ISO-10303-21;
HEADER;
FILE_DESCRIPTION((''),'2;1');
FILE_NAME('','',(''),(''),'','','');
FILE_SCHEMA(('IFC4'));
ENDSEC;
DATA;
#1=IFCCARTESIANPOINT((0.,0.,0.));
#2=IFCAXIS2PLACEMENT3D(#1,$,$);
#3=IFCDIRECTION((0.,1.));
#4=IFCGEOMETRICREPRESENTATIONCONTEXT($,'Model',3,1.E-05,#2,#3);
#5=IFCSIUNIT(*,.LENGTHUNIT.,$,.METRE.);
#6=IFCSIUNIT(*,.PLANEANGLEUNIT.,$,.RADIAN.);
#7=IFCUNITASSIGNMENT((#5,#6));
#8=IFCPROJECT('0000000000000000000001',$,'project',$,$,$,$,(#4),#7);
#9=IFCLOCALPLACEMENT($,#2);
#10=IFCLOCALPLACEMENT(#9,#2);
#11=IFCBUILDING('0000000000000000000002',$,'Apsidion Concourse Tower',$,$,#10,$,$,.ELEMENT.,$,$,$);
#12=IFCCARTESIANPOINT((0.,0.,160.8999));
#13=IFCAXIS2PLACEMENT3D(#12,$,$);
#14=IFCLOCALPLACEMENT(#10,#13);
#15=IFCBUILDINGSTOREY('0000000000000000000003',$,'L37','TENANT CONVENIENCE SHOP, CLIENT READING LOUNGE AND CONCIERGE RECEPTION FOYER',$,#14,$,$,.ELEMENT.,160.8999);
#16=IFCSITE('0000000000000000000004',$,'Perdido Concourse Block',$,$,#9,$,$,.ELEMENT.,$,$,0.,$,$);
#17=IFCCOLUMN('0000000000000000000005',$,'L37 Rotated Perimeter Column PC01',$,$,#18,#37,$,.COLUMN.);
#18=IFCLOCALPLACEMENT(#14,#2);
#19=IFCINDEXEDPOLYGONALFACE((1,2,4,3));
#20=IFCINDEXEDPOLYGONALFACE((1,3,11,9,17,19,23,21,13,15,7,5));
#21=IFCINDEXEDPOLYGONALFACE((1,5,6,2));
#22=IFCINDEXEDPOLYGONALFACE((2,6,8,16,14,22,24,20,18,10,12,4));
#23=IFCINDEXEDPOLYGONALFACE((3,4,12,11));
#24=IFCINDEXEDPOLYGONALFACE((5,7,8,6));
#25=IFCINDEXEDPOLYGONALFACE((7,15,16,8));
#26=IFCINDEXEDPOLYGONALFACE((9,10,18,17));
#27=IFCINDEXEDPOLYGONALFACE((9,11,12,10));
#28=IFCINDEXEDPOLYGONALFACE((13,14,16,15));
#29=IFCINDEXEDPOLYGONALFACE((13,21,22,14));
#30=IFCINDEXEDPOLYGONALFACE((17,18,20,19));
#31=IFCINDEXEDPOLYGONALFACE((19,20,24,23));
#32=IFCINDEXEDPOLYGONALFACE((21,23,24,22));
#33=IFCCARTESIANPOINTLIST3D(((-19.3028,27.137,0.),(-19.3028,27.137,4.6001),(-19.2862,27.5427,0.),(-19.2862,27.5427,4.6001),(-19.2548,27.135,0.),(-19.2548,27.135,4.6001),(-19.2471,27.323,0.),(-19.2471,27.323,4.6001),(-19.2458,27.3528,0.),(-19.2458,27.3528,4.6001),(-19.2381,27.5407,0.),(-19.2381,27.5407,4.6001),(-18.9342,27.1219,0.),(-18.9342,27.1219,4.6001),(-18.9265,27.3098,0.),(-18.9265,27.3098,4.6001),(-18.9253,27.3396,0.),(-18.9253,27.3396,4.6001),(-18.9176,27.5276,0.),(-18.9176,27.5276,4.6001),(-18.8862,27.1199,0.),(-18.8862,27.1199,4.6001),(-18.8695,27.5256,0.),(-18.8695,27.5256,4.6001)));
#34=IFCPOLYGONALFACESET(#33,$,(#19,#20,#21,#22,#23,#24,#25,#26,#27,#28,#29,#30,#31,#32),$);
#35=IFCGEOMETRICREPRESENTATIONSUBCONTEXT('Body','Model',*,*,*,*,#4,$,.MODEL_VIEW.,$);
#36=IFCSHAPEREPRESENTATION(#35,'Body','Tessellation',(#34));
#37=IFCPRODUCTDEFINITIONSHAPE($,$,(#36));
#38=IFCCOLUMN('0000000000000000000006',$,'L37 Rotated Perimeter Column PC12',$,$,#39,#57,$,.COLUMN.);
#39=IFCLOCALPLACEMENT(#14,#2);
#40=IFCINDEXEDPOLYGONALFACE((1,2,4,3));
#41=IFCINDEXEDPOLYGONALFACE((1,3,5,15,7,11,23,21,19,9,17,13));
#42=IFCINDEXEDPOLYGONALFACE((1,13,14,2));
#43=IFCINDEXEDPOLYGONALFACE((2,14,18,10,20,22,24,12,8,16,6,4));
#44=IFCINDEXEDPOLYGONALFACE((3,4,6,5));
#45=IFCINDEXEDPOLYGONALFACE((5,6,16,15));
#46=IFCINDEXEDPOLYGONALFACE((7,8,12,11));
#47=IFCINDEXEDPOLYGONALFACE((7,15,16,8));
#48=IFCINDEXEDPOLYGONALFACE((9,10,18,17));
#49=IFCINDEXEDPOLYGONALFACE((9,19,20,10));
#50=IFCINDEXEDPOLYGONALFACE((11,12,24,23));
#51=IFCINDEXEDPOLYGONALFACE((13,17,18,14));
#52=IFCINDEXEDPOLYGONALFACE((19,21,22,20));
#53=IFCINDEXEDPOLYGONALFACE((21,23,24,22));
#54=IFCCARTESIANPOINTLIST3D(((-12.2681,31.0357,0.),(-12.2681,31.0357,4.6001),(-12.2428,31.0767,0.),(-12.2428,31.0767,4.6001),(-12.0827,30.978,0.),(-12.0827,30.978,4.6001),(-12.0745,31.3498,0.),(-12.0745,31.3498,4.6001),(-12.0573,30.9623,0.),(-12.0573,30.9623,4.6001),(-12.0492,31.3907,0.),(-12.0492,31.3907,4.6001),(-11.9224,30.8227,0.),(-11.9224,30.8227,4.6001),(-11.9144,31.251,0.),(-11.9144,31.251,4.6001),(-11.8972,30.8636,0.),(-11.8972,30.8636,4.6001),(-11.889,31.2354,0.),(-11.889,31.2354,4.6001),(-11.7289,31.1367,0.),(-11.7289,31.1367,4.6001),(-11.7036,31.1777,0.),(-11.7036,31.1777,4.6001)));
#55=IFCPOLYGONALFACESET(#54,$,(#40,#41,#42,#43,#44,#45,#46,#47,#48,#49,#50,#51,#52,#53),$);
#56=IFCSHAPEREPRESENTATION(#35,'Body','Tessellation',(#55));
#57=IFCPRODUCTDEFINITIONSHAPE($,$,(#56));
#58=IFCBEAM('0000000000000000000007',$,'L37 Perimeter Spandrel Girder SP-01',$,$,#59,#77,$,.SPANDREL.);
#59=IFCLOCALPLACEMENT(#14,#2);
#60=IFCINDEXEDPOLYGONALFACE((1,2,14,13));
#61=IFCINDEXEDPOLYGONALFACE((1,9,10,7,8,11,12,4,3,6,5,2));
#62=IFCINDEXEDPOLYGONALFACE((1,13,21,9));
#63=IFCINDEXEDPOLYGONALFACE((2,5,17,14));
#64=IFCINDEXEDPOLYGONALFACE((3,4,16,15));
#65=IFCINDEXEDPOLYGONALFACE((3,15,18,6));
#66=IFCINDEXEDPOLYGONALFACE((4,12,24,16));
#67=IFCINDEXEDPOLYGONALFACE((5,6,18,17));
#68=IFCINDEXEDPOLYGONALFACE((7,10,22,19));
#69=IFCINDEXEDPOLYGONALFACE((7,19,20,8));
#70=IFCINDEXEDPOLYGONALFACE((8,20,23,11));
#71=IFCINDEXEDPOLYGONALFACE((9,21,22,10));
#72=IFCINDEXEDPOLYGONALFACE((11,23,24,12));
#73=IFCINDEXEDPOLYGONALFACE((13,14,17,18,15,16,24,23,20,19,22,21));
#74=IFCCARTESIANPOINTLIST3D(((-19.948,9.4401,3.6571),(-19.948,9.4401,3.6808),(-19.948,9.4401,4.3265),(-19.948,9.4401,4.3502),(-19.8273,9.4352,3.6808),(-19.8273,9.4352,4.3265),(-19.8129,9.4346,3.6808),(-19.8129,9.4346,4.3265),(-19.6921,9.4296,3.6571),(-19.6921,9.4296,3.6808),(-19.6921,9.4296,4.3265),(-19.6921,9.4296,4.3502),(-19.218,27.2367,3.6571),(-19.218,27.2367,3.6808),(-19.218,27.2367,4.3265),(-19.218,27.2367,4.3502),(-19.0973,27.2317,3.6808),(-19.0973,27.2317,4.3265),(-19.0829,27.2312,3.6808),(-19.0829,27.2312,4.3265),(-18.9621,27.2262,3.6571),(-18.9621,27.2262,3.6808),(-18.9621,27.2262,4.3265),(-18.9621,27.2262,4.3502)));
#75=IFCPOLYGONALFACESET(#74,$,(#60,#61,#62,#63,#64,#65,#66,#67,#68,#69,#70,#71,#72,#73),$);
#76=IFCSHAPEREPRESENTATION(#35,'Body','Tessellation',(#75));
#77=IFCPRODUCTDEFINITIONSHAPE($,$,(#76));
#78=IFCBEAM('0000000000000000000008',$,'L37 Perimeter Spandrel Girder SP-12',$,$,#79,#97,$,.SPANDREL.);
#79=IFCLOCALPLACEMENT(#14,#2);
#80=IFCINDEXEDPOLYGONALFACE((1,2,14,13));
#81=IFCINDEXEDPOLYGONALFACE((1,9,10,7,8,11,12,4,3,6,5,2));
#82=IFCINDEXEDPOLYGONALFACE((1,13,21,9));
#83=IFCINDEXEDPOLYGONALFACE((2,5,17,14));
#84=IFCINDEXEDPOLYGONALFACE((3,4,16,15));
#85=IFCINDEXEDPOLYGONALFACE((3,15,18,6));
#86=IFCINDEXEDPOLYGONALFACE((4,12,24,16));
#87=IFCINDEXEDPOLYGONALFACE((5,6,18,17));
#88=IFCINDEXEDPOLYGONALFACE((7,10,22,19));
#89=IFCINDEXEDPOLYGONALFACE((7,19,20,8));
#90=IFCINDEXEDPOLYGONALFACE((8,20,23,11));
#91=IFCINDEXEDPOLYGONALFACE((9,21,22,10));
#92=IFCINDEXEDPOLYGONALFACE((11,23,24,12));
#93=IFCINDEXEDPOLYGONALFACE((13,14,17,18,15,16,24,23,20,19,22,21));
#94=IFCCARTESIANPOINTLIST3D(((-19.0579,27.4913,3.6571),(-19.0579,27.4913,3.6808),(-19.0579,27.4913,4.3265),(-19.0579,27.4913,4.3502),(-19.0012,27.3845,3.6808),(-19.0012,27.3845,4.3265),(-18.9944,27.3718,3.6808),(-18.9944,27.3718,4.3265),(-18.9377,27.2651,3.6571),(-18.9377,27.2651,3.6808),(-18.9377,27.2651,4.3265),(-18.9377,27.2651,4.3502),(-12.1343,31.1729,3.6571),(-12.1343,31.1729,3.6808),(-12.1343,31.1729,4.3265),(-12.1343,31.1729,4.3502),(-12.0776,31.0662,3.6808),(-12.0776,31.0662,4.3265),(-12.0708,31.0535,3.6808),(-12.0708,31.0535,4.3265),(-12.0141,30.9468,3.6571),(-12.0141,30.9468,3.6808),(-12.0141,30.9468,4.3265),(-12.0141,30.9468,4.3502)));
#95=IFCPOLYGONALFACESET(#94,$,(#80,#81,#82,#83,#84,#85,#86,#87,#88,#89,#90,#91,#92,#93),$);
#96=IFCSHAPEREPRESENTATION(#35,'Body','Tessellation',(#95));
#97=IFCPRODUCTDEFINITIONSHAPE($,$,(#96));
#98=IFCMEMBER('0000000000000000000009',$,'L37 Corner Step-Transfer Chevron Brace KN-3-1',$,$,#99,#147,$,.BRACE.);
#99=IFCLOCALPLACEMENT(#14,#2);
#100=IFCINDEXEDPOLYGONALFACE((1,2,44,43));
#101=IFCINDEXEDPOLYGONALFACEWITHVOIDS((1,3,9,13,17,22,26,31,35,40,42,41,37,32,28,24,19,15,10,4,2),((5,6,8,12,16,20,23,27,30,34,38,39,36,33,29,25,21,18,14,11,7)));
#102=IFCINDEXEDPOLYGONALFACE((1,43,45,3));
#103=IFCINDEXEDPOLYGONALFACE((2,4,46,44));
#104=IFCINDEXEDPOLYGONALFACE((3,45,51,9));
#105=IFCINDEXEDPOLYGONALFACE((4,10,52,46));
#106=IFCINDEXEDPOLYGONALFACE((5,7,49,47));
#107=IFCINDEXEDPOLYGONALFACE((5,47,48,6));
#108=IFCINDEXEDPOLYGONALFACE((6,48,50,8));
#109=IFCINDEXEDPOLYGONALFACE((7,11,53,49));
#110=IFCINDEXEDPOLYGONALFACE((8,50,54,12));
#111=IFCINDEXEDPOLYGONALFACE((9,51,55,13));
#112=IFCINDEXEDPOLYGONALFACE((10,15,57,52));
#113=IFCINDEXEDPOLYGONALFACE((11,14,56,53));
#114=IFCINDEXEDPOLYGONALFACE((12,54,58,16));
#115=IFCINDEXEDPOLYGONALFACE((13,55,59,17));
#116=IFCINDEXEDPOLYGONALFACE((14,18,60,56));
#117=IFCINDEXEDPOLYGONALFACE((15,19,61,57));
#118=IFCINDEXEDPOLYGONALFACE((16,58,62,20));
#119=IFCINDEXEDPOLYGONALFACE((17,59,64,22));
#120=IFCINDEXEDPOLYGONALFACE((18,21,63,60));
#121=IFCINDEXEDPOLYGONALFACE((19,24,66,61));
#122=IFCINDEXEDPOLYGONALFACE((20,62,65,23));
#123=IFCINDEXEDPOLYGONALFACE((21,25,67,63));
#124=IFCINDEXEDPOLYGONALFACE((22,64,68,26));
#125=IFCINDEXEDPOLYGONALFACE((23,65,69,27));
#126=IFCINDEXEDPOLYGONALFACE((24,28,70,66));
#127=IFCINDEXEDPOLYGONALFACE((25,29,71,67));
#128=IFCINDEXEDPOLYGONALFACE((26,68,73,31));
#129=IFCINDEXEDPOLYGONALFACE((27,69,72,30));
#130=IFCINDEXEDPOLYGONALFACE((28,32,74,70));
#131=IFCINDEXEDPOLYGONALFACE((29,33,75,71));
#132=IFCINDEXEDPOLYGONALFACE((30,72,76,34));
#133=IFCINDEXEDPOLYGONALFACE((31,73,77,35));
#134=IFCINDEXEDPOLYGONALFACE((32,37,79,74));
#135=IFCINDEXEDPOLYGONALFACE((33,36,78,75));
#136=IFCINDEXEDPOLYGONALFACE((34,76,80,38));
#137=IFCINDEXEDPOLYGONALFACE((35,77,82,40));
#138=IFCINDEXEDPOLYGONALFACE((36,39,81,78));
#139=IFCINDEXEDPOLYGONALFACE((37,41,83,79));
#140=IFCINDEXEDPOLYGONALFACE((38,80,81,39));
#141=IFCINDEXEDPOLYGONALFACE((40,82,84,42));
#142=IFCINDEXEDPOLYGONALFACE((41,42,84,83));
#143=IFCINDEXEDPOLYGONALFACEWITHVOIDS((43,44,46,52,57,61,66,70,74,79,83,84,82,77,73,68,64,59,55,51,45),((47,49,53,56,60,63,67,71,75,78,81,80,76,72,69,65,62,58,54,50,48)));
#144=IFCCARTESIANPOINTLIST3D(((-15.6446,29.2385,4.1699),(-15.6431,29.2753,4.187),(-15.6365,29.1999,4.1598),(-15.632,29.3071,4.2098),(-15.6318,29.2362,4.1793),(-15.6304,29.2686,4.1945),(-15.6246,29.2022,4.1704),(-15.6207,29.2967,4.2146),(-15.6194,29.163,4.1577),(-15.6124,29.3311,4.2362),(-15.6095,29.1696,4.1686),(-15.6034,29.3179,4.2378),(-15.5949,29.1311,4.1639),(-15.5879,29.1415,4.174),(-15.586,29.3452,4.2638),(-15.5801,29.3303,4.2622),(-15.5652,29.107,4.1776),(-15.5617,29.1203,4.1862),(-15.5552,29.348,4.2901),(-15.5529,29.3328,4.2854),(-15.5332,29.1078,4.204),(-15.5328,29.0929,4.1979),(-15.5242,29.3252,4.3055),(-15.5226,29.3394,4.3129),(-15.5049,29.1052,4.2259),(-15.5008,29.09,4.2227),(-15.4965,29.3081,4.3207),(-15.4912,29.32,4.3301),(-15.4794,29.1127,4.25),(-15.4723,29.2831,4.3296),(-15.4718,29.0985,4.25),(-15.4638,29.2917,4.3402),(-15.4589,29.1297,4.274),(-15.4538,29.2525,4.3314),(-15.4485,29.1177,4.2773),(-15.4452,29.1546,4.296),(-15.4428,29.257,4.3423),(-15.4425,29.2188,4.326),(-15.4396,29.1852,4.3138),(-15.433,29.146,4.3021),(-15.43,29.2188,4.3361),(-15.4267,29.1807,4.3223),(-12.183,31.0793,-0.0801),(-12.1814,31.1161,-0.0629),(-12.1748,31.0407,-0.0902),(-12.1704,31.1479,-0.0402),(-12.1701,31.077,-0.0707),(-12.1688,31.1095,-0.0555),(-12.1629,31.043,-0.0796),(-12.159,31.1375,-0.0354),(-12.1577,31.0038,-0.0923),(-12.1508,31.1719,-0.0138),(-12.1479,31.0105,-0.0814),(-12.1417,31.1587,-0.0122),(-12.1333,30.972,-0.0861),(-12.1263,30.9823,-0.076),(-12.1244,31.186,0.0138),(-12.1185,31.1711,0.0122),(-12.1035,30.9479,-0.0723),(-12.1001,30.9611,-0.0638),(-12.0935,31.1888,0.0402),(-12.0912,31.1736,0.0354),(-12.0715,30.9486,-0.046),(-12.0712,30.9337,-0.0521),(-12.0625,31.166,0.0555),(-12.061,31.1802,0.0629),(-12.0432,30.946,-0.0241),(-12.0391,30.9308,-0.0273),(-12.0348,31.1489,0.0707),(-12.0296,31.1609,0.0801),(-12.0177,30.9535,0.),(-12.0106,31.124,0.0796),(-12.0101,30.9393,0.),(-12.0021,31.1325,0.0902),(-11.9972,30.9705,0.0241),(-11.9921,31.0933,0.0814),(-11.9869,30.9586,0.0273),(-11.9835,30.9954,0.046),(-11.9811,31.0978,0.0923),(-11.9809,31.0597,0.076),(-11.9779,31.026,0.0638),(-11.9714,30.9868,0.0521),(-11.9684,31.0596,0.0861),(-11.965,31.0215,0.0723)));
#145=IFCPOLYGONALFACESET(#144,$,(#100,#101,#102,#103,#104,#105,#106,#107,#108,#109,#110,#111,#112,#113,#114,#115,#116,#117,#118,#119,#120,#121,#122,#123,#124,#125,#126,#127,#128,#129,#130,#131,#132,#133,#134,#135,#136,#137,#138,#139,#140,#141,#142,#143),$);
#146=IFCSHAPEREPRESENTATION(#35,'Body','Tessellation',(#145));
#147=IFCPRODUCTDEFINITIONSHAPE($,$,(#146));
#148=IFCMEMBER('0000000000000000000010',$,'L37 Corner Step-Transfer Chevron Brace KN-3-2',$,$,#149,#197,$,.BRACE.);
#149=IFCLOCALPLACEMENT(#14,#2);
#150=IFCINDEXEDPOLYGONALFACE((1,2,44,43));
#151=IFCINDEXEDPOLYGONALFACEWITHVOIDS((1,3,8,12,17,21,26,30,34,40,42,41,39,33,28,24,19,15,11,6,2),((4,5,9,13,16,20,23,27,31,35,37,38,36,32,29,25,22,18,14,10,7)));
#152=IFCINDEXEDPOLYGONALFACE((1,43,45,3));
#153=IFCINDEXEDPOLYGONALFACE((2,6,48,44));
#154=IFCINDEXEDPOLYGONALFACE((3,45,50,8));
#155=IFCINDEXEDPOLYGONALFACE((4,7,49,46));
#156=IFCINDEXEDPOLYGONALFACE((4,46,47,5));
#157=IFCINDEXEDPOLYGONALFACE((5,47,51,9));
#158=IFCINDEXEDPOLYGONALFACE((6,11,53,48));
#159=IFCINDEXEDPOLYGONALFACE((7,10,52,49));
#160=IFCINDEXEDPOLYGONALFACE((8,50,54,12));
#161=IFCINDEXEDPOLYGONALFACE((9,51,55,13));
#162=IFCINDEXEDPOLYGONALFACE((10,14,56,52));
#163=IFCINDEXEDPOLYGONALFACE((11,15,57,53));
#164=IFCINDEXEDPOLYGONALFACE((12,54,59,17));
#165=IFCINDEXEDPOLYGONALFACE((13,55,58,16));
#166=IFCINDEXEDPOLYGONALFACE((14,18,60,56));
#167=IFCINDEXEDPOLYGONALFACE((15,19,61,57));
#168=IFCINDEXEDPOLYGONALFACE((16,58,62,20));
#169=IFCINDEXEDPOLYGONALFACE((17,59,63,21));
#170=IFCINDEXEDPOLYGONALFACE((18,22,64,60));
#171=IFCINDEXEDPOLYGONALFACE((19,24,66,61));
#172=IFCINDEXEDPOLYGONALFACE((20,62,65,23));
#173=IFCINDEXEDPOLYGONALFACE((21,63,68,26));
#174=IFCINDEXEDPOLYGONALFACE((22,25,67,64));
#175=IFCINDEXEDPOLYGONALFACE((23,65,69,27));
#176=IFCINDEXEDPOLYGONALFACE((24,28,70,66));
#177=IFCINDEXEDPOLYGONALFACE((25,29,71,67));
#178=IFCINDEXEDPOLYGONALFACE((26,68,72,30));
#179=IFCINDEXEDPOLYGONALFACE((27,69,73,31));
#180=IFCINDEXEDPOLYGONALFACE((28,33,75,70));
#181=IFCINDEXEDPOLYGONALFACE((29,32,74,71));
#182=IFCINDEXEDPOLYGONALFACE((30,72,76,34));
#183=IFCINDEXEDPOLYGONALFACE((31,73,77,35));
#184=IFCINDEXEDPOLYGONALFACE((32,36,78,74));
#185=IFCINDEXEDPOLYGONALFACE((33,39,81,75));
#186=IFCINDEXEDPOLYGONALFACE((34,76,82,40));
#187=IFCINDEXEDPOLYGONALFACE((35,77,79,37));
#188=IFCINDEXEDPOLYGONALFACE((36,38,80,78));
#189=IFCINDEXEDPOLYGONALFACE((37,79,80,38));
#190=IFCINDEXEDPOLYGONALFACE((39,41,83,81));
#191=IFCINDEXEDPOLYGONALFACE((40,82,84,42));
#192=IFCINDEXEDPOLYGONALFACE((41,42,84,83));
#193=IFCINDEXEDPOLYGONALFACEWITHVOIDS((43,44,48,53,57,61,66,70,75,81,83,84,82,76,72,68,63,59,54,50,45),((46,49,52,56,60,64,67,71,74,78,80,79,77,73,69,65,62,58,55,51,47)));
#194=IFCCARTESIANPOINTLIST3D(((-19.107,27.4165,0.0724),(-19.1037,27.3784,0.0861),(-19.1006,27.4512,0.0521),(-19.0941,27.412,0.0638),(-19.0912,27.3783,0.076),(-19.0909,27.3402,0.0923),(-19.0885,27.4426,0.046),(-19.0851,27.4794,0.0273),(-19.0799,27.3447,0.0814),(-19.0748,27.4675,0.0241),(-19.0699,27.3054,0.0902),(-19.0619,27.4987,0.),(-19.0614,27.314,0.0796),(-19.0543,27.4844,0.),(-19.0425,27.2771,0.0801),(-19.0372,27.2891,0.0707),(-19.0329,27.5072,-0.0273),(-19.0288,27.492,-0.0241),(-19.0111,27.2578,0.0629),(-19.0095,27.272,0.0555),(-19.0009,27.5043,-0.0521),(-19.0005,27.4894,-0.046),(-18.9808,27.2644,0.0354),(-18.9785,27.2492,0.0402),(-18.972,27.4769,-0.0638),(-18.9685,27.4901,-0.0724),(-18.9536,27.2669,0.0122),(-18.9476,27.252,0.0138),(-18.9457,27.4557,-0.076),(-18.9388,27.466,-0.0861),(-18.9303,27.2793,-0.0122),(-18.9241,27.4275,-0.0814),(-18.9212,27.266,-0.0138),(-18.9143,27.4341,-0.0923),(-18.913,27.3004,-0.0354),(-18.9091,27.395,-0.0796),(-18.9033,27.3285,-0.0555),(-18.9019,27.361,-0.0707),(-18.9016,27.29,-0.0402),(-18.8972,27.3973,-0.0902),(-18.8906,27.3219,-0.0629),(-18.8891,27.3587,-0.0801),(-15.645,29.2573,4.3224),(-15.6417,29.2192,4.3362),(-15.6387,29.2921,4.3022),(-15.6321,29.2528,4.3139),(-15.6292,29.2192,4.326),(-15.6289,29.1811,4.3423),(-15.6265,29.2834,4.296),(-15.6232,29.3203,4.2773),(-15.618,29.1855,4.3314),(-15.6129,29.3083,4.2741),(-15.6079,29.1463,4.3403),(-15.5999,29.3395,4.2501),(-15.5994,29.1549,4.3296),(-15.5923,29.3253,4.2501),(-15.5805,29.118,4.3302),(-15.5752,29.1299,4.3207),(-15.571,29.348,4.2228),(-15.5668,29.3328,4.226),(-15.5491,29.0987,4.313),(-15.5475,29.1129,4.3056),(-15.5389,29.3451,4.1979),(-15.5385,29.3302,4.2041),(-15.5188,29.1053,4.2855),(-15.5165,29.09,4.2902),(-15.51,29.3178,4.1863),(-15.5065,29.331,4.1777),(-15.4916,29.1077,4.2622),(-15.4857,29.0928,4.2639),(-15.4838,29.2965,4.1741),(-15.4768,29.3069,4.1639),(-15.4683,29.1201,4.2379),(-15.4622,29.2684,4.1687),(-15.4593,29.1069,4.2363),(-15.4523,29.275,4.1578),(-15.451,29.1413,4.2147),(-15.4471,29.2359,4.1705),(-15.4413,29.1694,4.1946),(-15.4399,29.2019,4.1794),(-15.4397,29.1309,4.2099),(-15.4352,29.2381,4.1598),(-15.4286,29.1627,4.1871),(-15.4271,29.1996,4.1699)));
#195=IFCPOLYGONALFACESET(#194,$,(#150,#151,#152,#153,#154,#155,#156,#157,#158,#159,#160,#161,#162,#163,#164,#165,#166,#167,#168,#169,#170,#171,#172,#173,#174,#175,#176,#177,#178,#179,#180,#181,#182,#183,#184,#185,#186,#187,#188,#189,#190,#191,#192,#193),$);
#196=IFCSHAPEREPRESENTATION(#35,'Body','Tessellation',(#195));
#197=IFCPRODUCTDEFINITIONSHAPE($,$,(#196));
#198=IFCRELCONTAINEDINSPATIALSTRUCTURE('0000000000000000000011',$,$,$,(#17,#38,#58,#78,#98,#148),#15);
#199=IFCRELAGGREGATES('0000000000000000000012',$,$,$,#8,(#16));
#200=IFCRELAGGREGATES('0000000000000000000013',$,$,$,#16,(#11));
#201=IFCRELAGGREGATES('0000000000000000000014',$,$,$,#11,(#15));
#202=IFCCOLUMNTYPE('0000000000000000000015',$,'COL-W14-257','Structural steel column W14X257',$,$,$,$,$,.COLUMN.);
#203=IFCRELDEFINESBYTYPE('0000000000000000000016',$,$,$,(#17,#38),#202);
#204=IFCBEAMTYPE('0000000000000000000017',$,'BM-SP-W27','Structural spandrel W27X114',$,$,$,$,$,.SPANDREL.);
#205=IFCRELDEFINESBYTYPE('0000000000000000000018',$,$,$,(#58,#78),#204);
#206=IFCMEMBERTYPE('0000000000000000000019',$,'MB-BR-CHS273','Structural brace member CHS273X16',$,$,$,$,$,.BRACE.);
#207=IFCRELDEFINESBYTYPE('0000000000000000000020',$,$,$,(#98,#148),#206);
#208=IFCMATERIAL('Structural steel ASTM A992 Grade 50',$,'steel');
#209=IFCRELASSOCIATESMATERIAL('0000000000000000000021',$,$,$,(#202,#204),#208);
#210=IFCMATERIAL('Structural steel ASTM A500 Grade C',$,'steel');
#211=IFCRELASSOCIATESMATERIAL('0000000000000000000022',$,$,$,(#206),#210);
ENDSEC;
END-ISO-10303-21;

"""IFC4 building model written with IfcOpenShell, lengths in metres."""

from ifc_helpers import new_model, si_unit, direction, frame, origin, origin_2d, place, context, subcontext, project, spatial, hollow_circle, i_section, extrude, material, material_profile, profile_set, type_object, element, save


model = new_model("IFC4")

# Units and contexts
model_context = context("Model", 3, precision=1e-05, world=origin(), true_north=direction((0.0, 1.0)))
body_context = subcontext(model_context, "Body", "Model", "MODEL_VIEW")
ifc_project = project(units=[si_unit("LENGTHUNIT", "METRE"), si_unit("PLANEANGLEUNIT", "RADIAN")], contexts=[model_context])

# Site, building, storey
site_placement = place(None, origin())
site = spatial("IfcSite", under=ifc_project, at=site_placement, Name="Perdido Concourse Block", CompositionType="ELEMENT", RefElevation=0.0)
building_placement = place(site_placement, origin())
building = spatial("IfcBuilding", under=site, at=building_placement, Name="Apsidion Concourse Tower", CompositionType="ELEMENT")
storey_placement = place(building_placement, frame((0.0, 0.0, 160.8999)))
storey = spatial("IfcBuildingStorey", under=building, at=storey_placement, Name="L37", Description="TENANT CONVENIENCE SHOP, CLIENT READING LOUNGE AND CONCIERGE RECEPTION FOYER", CompositionType="ELEMENT", Elevation=160.8999)

# Columns
ifc_material_1 = material(Name="Structural steel ASTM A992 Grade 50", Category="steel")
ifc_material_profile_1 = material_profile(ifc_material_1, i_section(OverallWidth=0.406, OverallDepth=0.417, WebThickness=0.0298, FlangeThickness=0.0481, at=origin_2d()), Name="W14X257")
ifc_profile_set_1 = profile_set([ifc_material_profile_1], Name="Structural steel ASTM A992 Grade 50")
column_type = type_object("IfcColumnType", Name="COL-W14-257", Description="Structural steel column W14X257", PredefinedType="COLUMN", material=ifc_profile_set_1)
for number, where, z_axis, x_axis, name in (
    (1, (-19.0862, 27.3313, 0.0), (0.0, 0.0, 1.0), (0.041004, 0.999159, 0.0), "L37 Rotated Perimeter Column PC01"),
    (2, (-11.9858, 31.1067, 0.0), (0.0, 0.0, 1.0), (-0.851269, 0.524729, 0.0), "L37 Rotated Perimeter Column PC12"),
):
    element("IfcColumn", number, at=place(storey_placement, frame(where, z_axis=z_axis, x_axis=x_axis)), inside=storey, type_object=column_type, Name=name, PredefinedType="COLUMN", context=body_context, shape_type="SweptSolid", body=[
        extrude(i_section(OverallWidth=0.406, OverallDepth=0.417, WebThickness=0.0298, FlangeThickness=0.0481, at=origin_2d()), origin(), (0.0, 0.0, 1.0), 4.6001),
    ])

# Beams
ifc_material_profile_2 = material_profile(ifc_material_1, i_section(OverallWidth=0.2561, OverallDepth=0.6931, WebThickness=0.0144, FlangeThickness=0.0237, at=origin_2d()), Name="W27X114")
ifc_profile_set_2 = profile_set([ifc_material_profile_2], Name="Structural steel ASTM A992 Grade 50")
beam_type = type_object("IfcBeamType", Name="BM-SP-W27", Description="Structural spandrel W27X114", PredefinedType="SPANDREL", material=ifc_profile_set_2)
beam_1_placement = place(storey_placement, frame((-19.0901, 27.2314, 4.0037), z_axis=(-0.040983, -0.99916, 0.0), x_axis=(0.99916, -0.040983, 0.0)))
element("IfcBeam", 3, at=beam_1_placement, inside=storey, type_object=beam_type, Name="L37 Perimeter Spandrel Girder SP-01", PredefinedType="SPANDREL", context=body_context, shape_type="SweptSolid", body=[
    extrude(i_section(OverallWidth=0.2561, OverallDepth=0.6931, WebThickness=0.0144, FlangeThickness=0.0237, at=origin_2d()), origin(), (0.0, 0.0, 1.0), 17.8115),
])
beam_2_placement = place(storey_placement, frame((-12.0742, 31.0598, 4.0037), z_axis=(-0.882931, -0.469502, 0.0), x_axis=(0.469502, -0.882931, 0.0)))
element("IfcBeam", 4, at=beam_2_placement, inside=storey, type_object=beam_type, Name="L37 Perimeter Spandrel Girder SP-12", PredefinedType="SPANDREL", context=body_context, shape_type="SweptSolid", body=[
    extrude(i_section(OverallWidth=0.2561, OverallDepth=0.6931, WebThickness=0.0144, FlangeThickness=0.0237, at=origin_2d()), origin(), (0.0, 0.0, 1.0), 7.8416),
])

# Members
ifc_material_2 = material(Name="Structural steel ASTM A500 Grade C", Category="steel")
ifc_material_profile_3 = material_profile(ifc_material_2, hollow_circle(Radius=0.1365, WallThickness=0.0161, at=origin_2d()), Name="CHS273X16")
ifc_profile_set_3 = profile_set([ifc_material_profile_3], Name="Structural steel ASTM A500 Grade C")
member_type = type_object("IfcMemberType", Name="MB-BR-CHS273", Description="Structural brace member CHS273X16", PredefinedType="BRACE", material=ifc_profile_set_3)
member_1_placement = place(storey_placement, frame((-12.0742, 31.0598, 0.0), z_axis=(-0.598673, -0.318358, 0.73501), x_axis=(0.469515, -0.882925, 0.0)))
element("IfcMember", 5, at=member_1_placement, inside=storey, type_object=member_type, Name="L37 Corner Step-Transfer Chevron Brace KN-3-1", PredefinedType="BRACE", context=body_context, shape_type="SweptSolid", body=[
    extrude(hollow_circle(Radius=0.1365, WallThickness=0.0161, at=origin_2d()), origin(), (0.0, 0.0, 1.0), 5.7822),
])
member_2_placement = place(storey_placement, frame((-18.9978, 27.3782, 0.0), z_axis=(0.5987, 0.31835, 0.734991), x_axis=(-0.469489, 0.882938, 0.0)))
element("IfcMember", 6, at=member_2_placement, inside=storey, type_object=member_type, Name="L37 Corner Step-Transfer Chevron Brace KN-3-2", PredefinedType="BRACE", context=body_context, shape_type="SweptSolid", body=[
    extrude(hollow_circle(Radius=0.1365, WallThickness=0.0161, at=origin_2d()), origin(), (0.0, 0.0, 1.0), 5.7825),
])

save(model, "model.ifc")
